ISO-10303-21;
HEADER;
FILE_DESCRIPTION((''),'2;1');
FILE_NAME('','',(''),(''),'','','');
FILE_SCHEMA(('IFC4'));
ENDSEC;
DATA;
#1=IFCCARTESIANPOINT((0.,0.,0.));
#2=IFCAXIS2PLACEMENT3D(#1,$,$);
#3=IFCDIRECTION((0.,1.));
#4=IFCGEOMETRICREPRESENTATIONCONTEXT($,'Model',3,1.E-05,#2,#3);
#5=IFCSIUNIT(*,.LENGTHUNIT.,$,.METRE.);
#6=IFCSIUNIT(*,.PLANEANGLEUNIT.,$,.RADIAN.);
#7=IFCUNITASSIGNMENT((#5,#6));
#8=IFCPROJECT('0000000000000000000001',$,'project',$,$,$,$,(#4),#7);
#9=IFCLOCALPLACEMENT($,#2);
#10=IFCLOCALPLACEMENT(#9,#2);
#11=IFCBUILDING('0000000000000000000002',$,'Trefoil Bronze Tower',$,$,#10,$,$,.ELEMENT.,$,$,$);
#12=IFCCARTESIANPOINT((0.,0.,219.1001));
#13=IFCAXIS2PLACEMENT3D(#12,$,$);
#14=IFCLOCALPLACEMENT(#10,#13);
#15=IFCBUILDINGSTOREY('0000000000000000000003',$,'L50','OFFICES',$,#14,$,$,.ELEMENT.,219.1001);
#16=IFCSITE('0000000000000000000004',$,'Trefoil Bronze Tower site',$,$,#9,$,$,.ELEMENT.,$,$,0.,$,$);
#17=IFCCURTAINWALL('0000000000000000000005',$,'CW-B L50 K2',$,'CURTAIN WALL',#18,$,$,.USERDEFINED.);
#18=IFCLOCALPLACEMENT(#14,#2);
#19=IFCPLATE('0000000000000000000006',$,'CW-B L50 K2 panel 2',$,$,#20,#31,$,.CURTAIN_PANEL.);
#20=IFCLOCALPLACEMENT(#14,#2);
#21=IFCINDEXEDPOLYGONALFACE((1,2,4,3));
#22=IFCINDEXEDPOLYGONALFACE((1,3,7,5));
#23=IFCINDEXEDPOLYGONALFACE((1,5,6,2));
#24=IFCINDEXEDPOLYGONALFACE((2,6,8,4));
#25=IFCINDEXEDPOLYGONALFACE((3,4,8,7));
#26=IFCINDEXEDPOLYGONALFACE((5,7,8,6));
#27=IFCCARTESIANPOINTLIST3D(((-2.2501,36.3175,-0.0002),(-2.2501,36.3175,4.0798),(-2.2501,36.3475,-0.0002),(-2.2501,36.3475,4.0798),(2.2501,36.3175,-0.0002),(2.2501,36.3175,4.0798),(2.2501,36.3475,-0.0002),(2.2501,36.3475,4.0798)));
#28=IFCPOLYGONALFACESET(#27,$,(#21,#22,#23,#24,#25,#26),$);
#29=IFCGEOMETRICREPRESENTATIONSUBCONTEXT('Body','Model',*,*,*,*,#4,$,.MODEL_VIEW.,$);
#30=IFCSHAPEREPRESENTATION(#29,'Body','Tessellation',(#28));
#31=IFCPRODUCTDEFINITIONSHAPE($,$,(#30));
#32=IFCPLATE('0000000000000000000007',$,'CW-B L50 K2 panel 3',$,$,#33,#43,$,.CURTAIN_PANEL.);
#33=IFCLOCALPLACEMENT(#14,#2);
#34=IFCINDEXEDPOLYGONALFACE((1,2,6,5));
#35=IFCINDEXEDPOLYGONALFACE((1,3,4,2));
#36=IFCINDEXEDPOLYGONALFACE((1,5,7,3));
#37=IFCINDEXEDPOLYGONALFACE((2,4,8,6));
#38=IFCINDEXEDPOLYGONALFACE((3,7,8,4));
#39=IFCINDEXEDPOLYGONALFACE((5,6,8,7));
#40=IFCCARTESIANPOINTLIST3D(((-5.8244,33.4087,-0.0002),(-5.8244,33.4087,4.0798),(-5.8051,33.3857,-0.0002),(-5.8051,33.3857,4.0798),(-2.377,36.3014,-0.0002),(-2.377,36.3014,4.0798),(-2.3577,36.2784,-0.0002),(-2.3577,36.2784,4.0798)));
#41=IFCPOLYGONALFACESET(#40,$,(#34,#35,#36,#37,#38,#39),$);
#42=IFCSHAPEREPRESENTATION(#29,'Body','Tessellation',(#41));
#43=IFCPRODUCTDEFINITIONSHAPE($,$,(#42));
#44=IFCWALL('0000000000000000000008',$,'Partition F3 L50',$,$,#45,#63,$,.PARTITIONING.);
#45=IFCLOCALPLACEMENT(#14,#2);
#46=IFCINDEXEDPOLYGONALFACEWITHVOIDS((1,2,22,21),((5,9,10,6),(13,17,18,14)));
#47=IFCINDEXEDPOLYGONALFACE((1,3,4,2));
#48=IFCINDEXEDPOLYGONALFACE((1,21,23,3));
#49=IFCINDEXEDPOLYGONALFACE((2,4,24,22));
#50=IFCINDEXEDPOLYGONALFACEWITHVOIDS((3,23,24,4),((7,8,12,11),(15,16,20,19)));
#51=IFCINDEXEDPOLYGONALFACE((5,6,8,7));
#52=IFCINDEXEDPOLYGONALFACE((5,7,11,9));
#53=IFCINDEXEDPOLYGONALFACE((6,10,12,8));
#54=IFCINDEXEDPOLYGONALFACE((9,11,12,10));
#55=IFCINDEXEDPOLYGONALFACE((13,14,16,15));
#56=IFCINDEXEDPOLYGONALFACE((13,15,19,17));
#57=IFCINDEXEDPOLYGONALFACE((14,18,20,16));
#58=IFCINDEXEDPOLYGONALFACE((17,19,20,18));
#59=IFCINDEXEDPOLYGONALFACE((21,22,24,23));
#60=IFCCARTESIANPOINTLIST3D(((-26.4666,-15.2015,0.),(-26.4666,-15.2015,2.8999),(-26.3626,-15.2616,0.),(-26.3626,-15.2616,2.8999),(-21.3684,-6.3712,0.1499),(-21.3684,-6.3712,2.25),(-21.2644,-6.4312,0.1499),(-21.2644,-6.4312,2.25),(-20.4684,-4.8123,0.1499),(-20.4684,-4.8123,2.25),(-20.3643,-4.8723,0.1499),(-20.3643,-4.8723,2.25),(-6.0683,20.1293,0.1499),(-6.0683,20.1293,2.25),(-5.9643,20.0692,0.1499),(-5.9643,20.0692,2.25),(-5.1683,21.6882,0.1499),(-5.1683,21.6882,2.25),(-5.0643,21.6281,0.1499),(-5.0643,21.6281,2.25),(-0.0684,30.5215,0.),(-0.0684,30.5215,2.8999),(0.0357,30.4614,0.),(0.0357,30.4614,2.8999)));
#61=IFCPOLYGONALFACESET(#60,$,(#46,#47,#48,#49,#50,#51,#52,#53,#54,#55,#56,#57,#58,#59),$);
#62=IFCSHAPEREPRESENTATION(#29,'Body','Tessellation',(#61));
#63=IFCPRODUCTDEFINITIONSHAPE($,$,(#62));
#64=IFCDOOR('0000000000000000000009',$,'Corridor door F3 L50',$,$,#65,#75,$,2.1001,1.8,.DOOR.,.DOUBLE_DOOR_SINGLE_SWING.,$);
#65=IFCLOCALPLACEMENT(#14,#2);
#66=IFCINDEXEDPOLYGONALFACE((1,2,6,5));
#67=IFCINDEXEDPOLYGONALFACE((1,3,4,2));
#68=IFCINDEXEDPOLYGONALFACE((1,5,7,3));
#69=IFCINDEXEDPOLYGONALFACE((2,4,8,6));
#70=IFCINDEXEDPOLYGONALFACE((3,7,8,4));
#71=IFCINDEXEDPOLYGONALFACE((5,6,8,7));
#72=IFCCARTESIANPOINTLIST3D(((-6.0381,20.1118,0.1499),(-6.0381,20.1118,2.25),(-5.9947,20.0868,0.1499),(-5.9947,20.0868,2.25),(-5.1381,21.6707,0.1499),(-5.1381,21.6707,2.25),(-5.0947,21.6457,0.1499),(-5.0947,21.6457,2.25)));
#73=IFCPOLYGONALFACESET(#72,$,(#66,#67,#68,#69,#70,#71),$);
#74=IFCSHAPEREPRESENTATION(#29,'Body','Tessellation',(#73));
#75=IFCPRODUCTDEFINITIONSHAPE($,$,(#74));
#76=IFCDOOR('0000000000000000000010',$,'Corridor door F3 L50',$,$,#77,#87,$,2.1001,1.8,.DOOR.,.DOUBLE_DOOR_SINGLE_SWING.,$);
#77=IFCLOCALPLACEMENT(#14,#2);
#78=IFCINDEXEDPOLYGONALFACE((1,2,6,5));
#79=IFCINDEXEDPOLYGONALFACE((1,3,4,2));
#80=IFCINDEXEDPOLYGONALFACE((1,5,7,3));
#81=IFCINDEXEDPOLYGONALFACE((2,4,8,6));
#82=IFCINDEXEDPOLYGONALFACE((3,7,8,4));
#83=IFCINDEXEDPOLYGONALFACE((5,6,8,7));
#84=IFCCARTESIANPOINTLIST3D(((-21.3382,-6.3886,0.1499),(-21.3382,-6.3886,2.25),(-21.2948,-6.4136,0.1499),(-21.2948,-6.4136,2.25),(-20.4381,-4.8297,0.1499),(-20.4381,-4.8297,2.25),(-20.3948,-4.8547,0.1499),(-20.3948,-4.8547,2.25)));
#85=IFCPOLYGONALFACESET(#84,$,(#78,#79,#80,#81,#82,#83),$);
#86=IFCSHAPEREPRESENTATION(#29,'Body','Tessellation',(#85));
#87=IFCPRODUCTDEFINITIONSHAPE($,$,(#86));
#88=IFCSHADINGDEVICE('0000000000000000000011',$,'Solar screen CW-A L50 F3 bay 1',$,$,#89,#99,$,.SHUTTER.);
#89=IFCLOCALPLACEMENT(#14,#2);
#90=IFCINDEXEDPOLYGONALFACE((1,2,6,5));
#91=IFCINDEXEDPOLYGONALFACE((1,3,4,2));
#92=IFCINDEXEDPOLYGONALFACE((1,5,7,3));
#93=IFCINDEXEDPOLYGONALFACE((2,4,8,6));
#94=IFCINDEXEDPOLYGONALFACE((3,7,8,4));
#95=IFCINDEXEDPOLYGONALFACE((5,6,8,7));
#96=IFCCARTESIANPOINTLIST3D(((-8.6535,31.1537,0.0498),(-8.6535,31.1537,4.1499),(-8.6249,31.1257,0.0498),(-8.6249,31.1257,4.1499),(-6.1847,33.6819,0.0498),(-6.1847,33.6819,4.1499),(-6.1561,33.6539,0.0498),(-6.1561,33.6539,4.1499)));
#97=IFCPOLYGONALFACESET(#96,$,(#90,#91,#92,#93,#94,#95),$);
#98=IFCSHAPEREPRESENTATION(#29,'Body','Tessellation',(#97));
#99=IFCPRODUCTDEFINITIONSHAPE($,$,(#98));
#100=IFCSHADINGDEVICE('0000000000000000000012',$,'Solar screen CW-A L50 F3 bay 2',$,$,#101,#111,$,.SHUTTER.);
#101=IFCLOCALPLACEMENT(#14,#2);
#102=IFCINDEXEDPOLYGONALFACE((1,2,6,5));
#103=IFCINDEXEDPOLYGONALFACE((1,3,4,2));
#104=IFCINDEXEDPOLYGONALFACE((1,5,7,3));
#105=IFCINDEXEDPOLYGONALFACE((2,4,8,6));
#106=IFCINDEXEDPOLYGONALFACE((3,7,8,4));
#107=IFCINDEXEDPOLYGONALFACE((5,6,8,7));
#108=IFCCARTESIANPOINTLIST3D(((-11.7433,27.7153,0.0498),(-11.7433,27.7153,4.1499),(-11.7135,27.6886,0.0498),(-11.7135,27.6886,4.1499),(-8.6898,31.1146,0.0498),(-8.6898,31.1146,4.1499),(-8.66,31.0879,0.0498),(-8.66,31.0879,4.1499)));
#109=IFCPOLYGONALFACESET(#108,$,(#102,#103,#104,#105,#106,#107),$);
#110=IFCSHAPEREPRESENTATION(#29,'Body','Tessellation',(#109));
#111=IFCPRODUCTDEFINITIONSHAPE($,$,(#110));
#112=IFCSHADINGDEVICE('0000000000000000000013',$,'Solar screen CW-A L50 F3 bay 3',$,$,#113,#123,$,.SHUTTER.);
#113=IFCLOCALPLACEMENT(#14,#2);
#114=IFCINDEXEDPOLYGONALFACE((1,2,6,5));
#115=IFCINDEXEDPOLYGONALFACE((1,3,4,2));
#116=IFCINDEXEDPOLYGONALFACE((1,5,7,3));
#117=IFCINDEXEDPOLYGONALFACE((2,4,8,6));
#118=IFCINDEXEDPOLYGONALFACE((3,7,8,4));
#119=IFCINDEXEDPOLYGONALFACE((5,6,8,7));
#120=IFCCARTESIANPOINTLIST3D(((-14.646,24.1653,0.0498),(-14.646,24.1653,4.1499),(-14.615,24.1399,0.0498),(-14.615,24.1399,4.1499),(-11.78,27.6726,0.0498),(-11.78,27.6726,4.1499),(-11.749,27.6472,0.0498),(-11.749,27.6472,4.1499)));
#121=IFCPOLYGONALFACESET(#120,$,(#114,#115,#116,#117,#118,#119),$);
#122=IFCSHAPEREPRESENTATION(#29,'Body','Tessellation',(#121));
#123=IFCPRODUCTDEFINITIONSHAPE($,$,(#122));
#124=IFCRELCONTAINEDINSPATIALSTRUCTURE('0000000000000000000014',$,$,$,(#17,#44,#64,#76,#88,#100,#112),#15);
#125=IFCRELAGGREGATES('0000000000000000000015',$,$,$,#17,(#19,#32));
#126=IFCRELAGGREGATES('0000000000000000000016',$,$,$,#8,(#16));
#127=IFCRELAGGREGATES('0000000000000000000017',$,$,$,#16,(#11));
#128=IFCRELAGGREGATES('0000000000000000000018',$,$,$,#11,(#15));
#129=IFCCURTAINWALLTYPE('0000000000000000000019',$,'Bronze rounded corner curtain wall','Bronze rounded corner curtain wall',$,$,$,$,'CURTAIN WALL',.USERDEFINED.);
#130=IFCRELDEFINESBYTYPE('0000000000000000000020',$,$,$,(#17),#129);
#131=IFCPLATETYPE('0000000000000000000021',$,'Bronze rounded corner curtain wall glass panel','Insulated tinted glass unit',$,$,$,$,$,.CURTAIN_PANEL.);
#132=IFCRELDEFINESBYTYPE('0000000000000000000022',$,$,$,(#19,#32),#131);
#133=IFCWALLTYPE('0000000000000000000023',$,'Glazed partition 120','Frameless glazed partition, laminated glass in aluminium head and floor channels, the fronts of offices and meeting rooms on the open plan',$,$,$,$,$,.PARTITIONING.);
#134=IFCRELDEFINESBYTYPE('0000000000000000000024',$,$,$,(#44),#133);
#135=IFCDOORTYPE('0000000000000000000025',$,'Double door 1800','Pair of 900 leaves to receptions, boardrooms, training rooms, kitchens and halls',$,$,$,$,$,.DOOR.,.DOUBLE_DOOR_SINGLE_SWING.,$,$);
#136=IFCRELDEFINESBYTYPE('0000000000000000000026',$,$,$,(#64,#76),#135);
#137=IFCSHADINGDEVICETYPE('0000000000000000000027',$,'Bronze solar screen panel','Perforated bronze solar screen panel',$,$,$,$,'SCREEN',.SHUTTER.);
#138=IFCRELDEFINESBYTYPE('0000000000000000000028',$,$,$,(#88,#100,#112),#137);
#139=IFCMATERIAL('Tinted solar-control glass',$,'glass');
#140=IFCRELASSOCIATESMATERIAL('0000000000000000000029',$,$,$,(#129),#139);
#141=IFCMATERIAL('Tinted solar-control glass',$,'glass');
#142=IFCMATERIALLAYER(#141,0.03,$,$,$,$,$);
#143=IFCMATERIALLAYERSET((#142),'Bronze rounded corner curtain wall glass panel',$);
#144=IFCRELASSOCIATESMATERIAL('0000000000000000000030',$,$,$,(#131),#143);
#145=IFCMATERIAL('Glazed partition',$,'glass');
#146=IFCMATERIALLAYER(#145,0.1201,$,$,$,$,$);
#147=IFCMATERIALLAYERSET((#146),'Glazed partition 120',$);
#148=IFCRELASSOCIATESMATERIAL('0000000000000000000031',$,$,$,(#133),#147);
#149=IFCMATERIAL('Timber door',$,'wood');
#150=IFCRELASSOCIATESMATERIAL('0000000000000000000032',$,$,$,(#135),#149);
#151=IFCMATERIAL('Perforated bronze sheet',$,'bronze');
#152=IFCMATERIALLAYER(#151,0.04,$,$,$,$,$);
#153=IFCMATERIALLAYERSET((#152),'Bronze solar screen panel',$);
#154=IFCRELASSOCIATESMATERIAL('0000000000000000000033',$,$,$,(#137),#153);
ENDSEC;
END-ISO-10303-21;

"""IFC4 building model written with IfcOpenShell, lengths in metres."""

from ifc_helpers import new_model, si_unit, direction, frame, frame_2d, origin, origin_2d, place, context, subcontext, project, spatial, rectangle, extrude, material, layer, layer_set, type_object, element, fill, aggregate, save


model = new_model("IFC4")

# Units and contexts
model_context = context("Model", 3, precision=1e-05, world=origin(), true_north=direction((0.0, 1.0)))
body_context = subcontext(model_context, "Body", "Model", "MODEL_VIEW")
ifc_project = project(units=[si_unit("LENGTHUNIT", "METRE"), si_unit("PLANEANGLEUNIT", "RADIAN")], contexts=[model_context])

# Site, building, storey
site_placement = place(None, origin())
site = spatial("IfcSite", under=ifc_project, at=site_placement, Name="Trefoil Bronze Tower site", CompositionType="ELEMENT", RefElevation=0.0)
building_placement = place(site_placement, origin())
building = spatial("IfcBuilding", under=site, at=building_placement, Name="Trefoil Bronze Tower", CompositionType="ELEMENT")
storey_placement = place(building_placement, frame((0.0, 0.0, 219.1001)))
storey = spatial("IfcBuildingStorey", under=building, at=storey_placement, Name="L50", Description="OFFICES", CompositionType="ELEMENT", Elevation=219.1001)

# Curtain wall
ifc_material_1 = material(Name="Tinted solar-control glass", Category="glass")
curtain_wall_type_1 = type_object("IfcCurtainWallType", Name="Bronze rounded corner curtain wall", Description="Bronze rounded corner curtain wall", ElementType="CURTAIN WALL", PredefinedType="USERDEFINED", material=ifc_material_1)
curtain_wall_1_placement = place(storey_placement, origin())
curtain_wall_1 = element("IfcCurtainWall", 1, at=curtain_wall_1_placement, inside=storey, type_object=curtain_wall_type_1, Name="CW-B L50 K2", ObjectType="CURTAIN WALL", PredefinedType="USERDEFINED")

# Plates
ifc_material_2 = material(Name="Tinted solar-control glass", Category="glass")
ifc_layer_1 = layer(ifc_material_2, 0.03)
ifc_layer_set_1 = layer_set([ifc_layer_1], Name="Bronze rounded corner curtain wall glass panel")
plate_type_1 = type_object("IfcPlateType", Name="Bronze rounded corner curtain wall glass panel", Description="Insulated tinted glass unit", PredefinedType="CURTAIN_PANEL", material=ifc_layer_set_1)
plate_1_placement = place(storey_placement, frame((0.0, 36.3325, -0.0002), z_axis=(0.0, 0.0, 1.0), x_axis=(-1.0, 0.0, 0.0)))
plate_1 = element("IfcPlate", 2, at=plate_1_placement, type_object=plate_type_1, Name="CW-B L50 K2 panel 2", PredefinedType="CURTAIN_PANEL", context=body_context, shape_type="SweptSolid", body=[
    extrude(rectangle(XDim=4.5002, YDim=0.03, at=origin_2d()), origin(), (0.0, 0.0, 1.0), 4.0801),
])
plate_2_placement = place(storey_placement, frame((-4.0911, 34.8435, -0.0002), z_axis=(0.0, 0.0, 1.0), x_axis=(-0.766044, -0.642788, 0.0)))
plate_2 = element("IfcPlate", 3, at=plate_2_placement, type_object=plate_type_1, Name="CW-B L50 K2 panel 3", PredefinedType="CURTAIN_PANEL", context=body_context, shape_type="SweptSolid", body=[
    extrude(rectangle(XDim=4.5002, YDim=0.03, at=origin_2d()), origin(), (0.0, 0.0, 1.0), 4.0801),
])
aggregate(curtain_wall_1, [plate_1, plate_2])

# Wall, openings, doors
ifc_material_3 = material(Name="Glazed partition", Category="glass")
ifc_layer_2 = layer(ifc_material_3, 0.1201)
ifc_layer_set_2 = layer_set([ifc_layer_2], Name="Glazed partition 120")
wall_type = type_object("IfcWallType", Name="Glazed partition 120", Description="Frameless glazed partition, laminated glass in aluminium head and floor channels, the fronts of offices and meeting rooms on the open plan", PredefinedType="PARTITIONING", material=ifc_layer_set_2)
wall_placement = place(storey_placement, frame((-0.0164, 30.4915, 0.0), z_axis=(0.0, 0.0, 1.0), x_axis=(-0.500001, -0.866025, 0.0)))
wall = element("IfcWall", 4, at=wall_placement, inside=storey, type_object=wall_type, Name="Partition F3 L50", PredefinedType="PARTITIONING", context=body_context, shape_type="SweptSolid", body=[
    extrude(rectangle(XDim=52.7964, YDim=0.1201, at=frame_2d((26.3982, 0.0))), origin(), (0.0, 0.0, 1.0), 2.8999),
])
opening_1_placement = place(wall_placement, frame((10.2, 0.0, 0.1499)))
opening_1 = element("IfcOpeningElement", 5, at=opening_1_placement, cuts=wall, PredefinedType="OPENING", context=body_context, shape_type="SweptSolid", body=[
    extrude(rectangle(XDim=1.8, YDim=2.1001, at=frame_2d((0.8999, 1.05))), frame((0.0, 0.0701, 0.0), z_axis=(0.0, -1.0, 0.0), x_axis=(1.0, 0.0, 0.0)), (0.0, 0.0, 1.0), 0.1401),
])
opening_2_placement = place(wall_placement, frame((40.8, 0.0, 0.1499)))
opening_2 = element("IfcOpeningElement", 6, at=opening_2_placement, cuts=wall, PredefinedType="OPENING", context=body_context, shape_type="SweptSolid", body=[
    extrude(rectangle(XDim=1.8, YDim=2.1001, at=frame_2d((0.8999, 1.05))), frame((0.0, 0.0701, 0.0), z_axis=(0.0, -1.0, 0.0), x_axis=(1.0, 0.0, 0.0)), (0.0, 0.0, 1.0), 0.1401),
])
ifc_material_4 = material(Name="Timber door", Category="wood")
door_type = type_object("IfcDoorType", Name="Double door 1800", Description="Pair of 900 leaves to receptions, boardrooms, training rooms, kitchens and halls", OperationType="DOUBLE_DOOR_SINGLE_SWING", PredefinedType="DOOR", material=ifc_material_4)
door_1_placement = place(opening_1_placement, origin())
door_1 = element("IfcDoor", 7, at=door_1_placement, inside=storey, type_object=door_type, Name="Corridor door F3 L50", OperationType="DOUBLE_DOOR_SINGLE_SWING", OverallHeight=2.1001, OverallWidth=1.8, PredefinedType="DOOR", context=body_context, shape_type="SweptSolid", body=[
    extrude(rectangle(XDim=1.8, YDim=2.1001, at=frame_2d((0.8999, 1.05))), frame((0.0, 0.0249, 0.0), z_axis=(0.0, -1.0, 0.0), x_axis=(1.0, 0.0, 0.0)), (0.0, 0.0, 1.0), 0.05),
])
fill(opening_1, door_1)
door_2_placement = place(opening_2_placement, origin())
door_2 = element("IfcDoor", 8, at=door_2_placement, inside=storey, type_object=door_type, Name="Corridor door F3 L50", OperationType="DOUBLE_DOOR_SINGLE_SWING", OverallHeight=2.1001, OverallWidth=1.8, PredefinedType="DOOR", context=body_context, shape_type="SweptSolid", body=[
    extrude(rectangle(XDim=1.8, YDim=2.1001, at=frame_2d((0.8999, 1.05))), frame((0.0, 0.0249, 0.0), z_axis=(0.0, -1.0, 0.0), x_axis=(1.0, 0.0, 0.0)), (0.0, 0.0, 1.0), 0.05),
])
fill(opening_2, door_2)

# Shading devices
ifc_material_5 = material(Name="Perforated bronze sheet", Category="bronze")
ifc_layer_3 = layer(ifc_material_5, 0.04)
ifc_layer_set_3 = layer_set([ifc_layer_3], Name="Bronze solar screen panel")
shading_device_type = type_object("IfcShadingDeviceType", Name="Bronze solar screen panel", Description="Perforated bronze solar screen panel", ElementType="SCREEN", PredefinedType="SHUTTER", material=ifc_layer_set_3)
shading_device_1_placement = place(storey_placement, frame((-7.4048, 32.4038, 0.0498), z_axis=(0.0, 0.0, 1.0), x_axis=(-0.698652, -0.715462, 0.0)))
element("IfcShadingDevice", 9, at=shading_device_1_placement, inside=storey, type_object=shading_device_type, Name="Solar screen CW-A L50 F3 bay 1", PredefinedType="SHUTTER", context=body_context, shape_type="SweptSolid", body=[
    extrude(rectangle(XDim=3.5337, YDim=0.04, at=origin_2d()), origin(), (0.0, 0.0, 1.0), 4.1001),
])
shading_device_2_placement = place(storey_placement, frame((-10.2017, 29.4016, 0.0498), z_axis=(0.0, 0.0, 1.0), x_axis=(-0.668246, -0.743941, 0.0)))
element("IfcShadingDevice", 10, at=shading_device_2_placement, inside=storey, type_object=shading_device_type, Name="Solar screen CW-A L50 F3 bay 2", PredefinedType="SHUTTER", context=body_context, shape_type="SweptSolid", body=[
    extrude(rectangle(XDim=4.5693, YDim=0.04, at=origin_2d()), origin(), (0.0, 0.0, 1.0), 4.1001),
])
shading_device_3_placement = place(storey_placement, frame((-13.1975, 25.9062, 0.0498), z_axis=(0.0, 0.0, 1.0), x_axis=(-0.632753, -0.774354, 0.0)))
element("IfcShadingDevice", 11, at=shading_device_3_placement, inside=storey, type_object=shading_device_type, Name="Solar screen CW-A L50 F3 bay 3", PredefinedType="SHUTTER", context=body_context, shape_type="SweptSolid", body=[
    extrude(rectangle(XDim=4.5293, YDim=0.04, at=origin_2d()), origin(), (0.0, 0.0, 1.0), 4.1001),
])

save(model, "model.ifc")
